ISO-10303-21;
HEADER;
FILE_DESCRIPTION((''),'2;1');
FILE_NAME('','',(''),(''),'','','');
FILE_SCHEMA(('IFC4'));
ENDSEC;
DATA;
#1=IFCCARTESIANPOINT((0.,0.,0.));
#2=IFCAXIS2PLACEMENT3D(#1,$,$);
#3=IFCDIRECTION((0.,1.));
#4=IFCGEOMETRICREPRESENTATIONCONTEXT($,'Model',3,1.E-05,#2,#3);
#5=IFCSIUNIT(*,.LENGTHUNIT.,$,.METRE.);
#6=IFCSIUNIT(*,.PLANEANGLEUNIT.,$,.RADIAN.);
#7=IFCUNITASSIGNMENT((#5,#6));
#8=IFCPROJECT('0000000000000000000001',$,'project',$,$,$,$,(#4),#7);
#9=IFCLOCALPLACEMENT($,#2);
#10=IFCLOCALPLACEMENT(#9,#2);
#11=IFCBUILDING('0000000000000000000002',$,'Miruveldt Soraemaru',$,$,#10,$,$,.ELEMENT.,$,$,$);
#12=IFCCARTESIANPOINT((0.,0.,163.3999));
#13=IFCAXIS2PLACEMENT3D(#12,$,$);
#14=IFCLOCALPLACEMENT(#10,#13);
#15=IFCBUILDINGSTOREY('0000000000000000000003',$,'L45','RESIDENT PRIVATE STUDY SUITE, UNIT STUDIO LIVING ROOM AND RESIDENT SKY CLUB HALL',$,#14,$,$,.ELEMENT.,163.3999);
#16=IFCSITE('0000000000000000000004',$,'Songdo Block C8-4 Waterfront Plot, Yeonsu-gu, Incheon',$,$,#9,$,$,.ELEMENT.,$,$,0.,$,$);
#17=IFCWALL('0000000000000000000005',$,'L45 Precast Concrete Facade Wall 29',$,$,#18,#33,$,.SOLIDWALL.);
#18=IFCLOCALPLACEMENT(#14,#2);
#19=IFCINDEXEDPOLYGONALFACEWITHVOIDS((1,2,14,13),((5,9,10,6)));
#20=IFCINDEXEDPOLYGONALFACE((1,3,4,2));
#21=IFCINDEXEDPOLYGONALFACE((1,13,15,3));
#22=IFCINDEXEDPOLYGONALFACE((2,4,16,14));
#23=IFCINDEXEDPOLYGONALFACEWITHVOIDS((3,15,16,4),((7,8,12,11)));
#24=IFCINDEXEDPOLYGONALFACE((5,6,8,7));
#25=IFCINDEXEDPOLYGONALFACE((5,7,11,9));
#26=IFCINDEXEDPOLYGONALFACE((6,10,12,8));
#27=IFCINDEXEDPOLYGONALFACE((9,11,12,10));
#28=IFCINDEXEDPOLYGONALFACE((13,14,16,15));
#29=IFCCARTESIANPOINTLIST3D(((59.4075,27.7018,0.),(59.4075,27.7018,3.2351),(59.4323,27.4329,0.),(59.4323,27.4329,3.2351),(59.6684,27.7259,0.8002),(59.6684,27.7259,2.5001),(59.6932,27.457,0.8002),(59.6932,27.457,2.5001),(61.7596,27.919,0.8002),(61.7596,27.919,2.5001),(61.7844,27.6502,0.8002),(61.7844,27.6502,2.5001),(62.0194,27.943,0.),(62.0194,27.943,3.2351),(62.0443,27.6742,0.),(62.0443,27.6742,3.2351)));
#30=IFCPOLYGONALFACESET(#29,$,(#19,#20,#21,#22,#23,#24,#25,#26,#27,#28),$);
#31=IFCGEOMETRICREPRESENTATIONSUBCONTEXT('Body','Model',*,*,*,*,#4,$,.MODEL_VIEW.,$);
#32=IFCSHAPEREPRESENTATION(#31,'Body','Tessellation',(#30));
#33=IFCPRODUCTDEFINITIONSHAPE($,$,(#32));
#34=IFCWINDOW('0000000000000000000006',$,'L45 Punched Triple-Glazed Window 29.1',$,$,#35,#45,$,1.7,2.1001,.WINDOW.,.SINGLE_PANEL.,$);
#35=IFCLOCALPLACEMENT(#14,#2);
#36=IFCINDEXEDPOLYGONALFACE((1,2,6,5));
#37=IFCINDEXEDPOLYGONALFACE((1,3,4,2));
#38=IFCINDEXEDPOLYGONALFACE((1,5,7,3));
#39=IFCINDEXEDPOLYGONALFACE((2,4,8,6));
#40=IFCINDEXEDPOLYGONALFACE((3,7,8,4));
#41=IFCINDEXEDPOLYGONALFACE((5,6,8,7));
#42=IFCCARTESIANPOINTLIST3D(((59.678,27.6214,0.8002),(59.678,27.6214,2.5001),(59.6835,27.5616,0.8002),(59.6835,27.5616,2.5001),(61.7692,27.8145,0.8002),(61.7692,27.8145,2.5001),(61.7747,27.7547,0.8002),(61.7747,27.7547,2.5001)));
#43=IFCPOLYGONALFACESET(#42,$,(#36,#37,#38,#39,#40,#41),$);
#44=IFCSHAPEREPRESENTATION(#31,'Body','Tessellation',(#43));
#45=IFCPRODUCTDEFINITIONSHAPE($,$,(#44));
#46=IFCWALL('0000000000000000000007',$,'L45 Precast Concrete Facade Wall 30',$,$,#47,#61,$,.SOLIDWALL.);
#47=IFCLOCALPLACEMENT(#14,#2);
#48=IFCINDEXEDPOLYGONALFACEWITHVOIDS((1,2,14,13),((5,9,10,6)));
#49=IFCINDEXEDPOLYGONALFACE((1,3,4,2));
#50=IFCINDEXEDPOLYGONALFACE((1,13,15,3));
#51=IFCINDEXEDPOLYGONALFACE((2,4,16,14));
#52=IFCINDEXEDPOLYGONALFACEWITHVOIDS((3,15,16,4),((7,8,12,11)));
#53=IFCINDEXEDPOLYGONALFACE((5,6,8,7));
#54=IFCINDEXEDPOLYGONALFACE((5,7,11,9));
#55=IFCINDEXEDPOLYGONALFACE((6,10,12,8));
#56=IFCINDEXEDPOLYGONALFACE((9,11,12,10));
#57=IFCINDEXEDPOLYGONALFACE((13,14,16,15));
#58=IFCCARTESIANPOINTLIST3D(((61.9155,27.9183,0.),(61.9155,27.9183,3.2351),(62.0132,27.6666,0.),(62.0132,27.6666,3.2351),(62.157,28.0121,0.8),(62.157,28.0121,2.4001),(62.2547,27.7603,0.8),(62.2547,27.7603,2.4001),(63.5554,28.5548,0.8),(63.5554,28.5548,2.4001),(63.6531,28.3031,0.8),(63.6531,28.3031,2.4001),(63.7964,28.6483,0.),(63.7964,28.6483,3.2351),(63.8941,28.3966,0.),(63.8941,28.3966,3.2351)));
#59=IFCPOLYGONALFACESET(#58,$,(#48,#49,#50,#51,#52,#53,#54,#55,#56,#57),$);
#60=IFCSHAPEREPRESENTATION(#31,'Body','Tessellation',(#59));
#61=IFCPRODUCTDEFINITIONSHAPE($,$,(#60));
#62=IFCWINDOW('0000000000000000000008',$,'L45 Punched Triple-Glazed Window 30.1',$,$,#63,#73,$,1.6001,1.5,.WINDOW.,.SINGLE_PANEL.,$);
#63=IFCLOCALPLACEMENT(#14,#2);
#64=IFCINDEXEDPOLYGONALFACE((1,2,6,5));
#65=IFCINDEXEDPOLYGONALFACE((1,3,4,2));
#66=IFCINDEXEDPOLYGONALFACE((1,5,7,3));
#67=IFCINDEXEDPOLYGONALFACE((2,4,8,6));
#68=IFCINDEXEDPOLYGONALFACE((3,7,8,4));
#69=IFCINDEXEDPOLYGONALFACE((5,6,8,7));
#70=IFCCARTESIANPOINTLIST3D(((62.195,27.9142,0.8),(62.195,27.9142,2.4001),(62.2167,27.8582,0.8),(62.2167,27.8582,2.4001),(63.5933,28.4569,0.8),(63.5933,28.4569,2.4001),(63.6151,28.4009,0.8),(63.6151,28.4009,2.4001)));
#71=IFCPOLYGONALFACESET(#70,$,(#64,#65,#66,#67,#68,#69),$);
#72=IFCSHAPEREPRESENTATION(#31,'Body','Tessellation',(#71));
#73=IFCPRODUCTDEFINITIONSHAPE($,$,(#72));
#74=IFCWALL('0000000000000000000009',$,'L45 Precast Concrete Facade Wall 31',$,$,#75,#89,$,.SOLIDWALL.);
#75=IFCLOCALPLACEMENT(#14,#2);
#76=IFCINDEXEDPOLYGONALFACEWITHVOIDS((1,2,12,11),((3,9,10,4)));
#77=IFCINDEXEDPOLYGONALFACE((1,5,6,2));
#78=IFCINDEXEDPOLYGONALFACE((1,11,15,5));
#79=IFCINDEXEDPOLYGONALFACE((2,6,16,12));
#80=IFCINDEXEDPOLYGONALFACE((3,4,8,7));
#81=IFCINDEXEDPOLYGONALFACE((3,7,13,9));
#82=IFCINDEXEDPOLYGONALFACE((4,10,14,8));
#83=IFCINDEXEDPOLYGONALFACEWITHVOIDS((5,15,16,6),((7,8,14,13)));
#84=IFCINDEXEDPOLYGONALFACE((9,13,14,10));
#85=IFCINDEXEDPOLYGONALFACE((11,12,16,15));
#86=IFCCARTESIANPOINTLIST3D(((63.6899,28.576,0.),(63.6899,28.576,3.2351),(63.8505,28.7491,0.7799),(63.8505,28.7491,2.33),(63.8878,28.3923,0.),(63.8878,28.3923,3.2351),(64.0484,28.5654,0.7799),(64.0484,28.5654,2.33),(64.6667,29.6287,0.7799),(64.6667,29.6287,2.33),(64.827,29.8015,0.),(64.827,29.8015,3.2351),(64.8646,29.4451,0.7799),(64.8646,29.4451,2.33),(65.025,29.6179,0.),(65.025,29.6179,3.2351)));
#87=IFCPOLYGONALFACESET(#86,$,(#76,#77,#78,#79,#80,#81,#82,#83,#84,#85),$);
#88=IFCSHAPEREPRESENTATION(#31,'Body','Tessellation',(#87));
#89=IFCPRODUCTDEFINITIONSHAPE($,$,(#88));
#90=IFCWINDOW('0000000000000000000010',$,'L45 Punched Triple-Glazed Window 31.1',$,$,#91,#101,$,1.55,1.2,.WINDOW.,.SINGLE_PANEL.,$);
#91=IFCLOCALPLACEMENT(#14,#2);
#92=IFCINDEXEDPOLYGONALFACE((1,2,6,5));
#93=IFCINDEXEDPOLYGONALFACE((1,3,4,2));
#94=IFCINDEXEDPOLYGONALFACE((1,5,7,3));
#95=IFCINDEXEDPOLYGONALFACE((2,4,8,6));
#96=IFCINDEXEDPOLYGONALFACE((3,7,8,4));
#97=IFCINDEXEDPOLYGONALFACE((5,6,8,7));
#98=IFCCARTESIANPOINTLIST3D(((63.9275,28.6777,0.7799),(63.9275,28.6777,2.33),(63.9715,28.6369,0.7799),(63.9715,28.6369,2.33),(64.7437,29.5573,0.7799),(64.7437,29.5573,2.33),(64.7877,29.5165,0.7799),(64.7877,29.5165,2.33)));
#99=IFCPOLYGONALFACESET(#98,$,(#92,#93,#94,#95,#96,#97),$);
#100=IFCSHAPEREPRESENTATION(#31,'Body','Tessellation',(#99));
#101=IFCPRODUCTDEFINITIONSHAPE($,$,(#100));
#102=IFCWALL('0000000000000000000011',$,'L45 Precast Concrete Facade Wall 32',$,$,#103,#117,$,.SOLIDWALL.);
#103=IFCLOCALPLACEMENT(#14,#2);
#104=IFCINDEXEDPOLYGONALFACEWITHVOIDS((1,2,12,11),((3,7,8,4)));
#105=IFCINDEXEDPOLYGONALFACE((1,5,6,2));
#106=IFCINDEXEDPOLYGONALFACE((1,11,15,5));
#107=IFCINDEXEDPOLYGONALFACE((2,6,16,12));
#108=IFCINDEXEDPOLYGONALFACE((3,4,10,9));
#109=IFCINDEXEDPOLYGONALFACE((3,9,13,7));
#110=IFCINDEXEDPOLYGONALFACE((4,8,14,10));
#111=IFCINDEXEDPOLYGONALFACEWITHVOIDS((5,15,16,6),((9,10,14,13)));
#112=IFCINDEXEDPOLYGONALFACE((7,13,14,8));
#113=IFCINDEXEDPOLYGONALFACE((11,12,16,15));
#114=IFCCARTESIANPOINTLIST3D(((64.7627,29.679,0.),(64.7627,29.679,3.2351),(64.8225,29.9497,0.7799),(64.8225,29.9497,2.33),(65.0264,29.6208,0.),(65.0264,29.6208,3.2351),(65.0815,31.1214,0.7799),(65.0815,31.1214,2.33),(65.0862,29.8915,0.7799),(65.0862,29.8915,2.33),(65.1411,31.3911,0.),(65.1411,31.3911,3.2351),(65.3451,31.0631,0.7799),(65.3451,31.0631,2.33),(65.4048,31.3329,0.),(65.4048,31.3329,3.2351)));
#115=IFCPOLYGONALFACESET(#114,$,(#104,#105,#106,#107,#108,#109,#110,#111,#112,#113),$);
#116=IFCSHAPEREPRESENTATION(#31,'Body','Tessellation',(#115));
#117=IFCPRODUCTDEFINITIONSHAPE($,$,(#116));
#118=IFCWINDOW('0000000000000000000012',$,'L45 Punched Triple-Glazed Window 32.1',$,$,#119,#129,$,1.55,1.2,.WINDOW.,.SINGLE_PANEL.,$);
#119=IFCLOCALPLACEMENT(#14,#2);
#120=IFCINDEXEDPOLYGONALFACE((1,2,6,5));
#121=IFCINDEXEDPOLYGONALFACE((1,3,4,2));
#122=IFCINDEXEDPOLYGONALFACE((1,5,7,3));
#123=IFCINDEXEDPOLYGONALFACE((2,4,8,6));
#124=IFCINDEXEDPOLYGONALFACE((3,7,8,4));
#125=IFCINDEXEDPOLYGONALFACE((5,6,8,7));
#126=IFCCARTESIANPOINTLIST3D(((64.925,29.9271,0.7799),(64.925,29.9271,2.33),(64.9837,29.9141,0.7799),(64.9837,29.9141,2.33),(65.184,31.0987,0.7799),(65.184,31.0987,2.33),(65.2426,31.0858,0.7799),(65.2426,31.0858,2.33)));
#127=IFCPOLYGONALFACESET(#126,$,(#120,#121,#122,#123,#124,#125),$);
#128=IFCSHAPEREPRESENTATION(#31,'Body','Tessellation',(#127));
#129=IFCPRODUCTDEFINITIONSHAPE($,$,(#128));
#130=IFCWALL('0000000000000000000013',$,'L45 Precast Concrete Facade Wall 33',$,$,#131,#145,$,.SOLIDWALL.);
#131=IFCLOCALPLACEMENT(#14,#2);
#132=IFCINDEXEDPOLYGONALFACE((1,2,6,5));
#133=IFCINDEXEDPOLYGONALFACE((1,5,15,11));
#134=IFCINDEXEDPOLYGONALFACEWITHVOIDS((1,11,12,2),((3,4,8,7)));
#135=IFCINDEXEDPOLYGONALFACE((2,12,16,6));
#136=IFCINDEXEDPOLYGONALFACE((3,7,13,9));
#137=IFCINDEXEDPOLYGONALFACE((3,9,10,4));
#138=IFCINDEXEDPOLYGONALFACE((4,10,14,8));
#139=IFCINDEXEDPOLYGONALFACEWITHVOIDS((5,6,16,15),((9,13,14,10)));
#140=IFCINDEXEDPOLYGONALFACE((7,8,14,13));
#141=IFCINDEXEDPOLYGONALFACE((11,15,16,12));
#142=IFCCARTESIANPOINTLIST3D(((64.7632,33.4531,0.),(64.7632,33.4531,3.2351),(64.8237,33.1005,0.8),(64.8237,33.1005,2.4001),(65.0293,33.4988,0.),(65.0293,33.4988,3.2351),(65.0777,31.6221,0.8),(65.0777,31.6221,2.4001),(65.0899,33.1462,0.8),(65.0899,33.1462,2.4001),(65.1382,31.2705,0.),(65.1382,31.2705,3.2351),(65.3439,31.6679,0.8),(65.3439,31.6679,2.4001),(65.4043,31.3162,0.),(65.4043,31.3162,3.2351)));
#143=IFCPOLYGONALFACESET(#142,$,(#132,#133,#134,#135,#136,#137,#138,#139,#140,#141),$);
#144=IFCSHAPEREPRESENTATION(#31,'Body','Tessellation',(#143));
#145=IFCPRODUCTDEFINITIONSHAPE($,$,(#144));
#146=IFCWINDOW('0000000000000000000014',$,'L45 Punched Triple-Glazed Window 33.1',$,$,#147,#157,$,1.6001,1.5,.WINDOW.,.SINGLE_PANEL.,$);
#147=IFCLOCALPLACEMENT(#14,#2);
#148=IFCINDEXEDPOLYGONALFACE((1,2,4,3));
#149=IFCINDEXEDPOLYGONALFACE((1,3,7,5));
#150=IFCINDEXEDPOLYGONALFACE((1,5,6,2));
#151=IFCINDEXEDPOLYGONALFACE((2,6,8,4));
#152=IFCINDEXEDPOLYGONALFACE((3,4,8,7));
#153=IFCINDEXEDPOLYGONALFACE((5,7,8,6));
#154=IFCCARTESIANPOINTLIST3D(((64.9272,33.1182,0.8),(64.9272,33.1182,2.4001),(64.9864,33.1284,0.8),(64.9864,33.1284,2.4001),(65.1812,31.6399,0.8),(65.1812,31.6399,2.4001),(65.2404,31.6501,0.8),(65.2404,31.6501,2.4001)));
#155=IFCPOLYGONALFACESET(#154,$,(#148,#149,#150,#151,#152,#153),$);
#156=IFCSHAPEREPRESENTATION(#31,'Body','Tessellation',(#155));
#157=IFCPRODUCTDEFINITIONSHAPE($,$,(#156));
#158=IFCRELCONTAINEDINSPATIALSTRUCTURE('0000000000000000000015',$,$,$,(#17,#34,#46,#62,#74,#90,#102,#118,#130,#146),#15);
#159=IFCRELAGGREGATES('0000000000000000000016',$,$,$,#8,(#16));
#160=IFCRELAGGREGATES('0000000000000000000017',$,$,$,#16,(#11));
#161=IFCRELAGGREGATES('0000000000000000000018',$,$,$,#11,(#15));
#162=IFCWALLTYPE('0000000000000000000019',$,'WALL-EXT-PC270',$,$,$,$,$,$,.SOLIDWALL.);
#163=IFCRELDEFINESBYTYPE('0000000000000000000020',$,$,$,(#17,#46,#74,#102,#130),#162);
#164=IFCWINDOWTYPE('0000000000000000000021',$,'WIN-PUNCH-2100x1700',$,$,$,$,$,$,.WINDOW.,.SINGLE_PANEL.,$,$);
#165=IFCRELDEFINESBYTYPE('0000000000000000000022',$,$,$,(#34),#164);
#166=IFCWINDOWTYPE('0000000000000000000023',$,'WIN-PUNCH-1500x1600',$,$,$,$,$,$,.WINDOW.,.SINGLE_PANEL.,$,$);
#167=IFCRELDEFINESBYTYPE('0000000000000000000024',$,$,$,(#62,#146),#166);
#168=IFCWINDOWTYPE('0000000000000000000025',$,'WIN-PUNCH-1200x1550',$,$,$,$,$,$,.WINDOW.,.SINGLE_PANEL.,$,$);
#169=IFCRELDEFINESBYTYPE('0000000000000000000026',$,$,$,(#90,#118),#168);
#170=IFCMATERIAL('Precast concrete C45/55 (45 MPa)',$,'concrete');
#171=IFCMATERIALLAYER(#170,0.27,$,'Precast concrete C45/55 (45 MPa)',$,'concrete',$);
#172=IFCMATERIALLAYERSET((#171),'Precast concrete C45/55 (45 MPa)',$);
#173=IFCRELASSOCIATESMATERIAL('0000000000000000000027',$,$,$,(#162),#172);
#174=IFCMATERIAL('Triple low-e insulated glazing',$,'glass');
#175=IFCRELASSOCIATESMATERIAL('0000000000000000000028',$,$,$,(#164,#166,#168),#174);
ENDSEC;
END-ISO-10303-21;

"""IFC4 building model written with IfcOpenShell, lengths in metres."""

from ifc_helpers import new_model, si_unit, direction, frame, frame_2d, origin, place, context, subcontext, project, spatial, rectangle, extrude, material, layer, layer_set, type_object, element, fill, save


model = new_model("IFC4")

# Units and contexts
model_context = context("Model", 3, precision=1e-05, world=origin(), true_north=direction((0.0, 1.0)))
body_context = subcontext(model_context, "Body", "Model", "MODEL_VIEW")
ifc_project = project(units=[si_unit("LENGTHUNIT", "METRE"), si_unit("PLANEANGLEUNIT", "RADIAN")], contexts=[model_context])

# Site, building, storey
site_placement = place(None, origin())
site = spatial("IfcSite", under=ifc_project, at=site_placement, Name="Songdo Block C8-4 Waterfront Plot, Yeonsu-gu, Incheon", CompositionType="ELEMENT", RefElevation=0.0)
building_placement = place(site_placement, origin())
building = spatial("IfcBuilding", under=site, at=building_placement, Name="Miruveldt Soraemaru", CompositionType="ELEMENT")
storey_placement = place(building_placement, frame((0.0, 0.0, 163.3999)))
storey = spatial("IfcBuildingStorey", under=building, at=storey_placement, Name="L45", Description="RESIDENT PRIVATE STUDY SUITE, UNIT STUDIO LIVING ROOM AND RESIDENT SKY CLUB HALL", CompositionType="ELEMENT", Elevation=163.3999)

# Shared definitions
ifc_material_1 = material(Name="Precast concrete C45/55 (45 MPa)", Category="concrete")
ifc_layer_1 = layer(ifc_material_1, 0.27, Name="Precast concrete C45/55 (45 MPa)", Category="concrete")
ifc_layer_set_1 = layer_set([ifc_layer_1], Name="Precast concrete C45/55 (45 MPa)")
wall_type_1 = type_object("IfcWallType", Name="WALL-EXT-PC270", PredefinedType="SOLIDWALL", material=ifc_layer_set_1)

# Walls, openings, windows
ifc_material_2 = material(Name="Triple low-e insulated glazing", Category="glass")
window_type_1 = type_object("IfcWindowType", Name="WIN-PUNCH-2100x1700", PartitioningType="SINGLE_PANEL", PredefinedType="WINDOW", material=ifc_material_2)
wall_1_placement = place(storey_placement, frame((59.4199, 27.5674, 0.0), z_axis=(0.0, 0.0, 1.0), x_axis=(0.995762, 0.091962, 0.0)))
wall_1 = element("IfcWall", 1, at=wall_1_placement, inside=storey, type_object=wall_type_1, Name="L45 Precast Concrete Facade Wall 29", PredefinedType="SOLIDWALL", context=body_context, shape_type="SweptSolid", body=[
    extrude(rectangle(XDim=2.623, YDim=0.27, at=frame_2d((1.3115, 0.0))), origin(), (0.0, 0.0, 1.0), 3.2351),
])
opening_1_placement = place(wall_1_placement, frame((0.262, 0.0, 0.8)))
opening_1 = element("IfcOpeningElement", 2, at=opening_1_placement, cuts=wall_1, PredefinedType="OPENING", context=body_context, shape_type="SweptSolid", body=[
    extrude(rectangle(XDim=2.1001, YDim=1.7, at=frame_2d((1.05, 0.8501))), frame((0.0, 0.145, 0.0), z_axis=(0.0, -1.0, 0.0), x_axis=(1.0, 0.0, 0.0)), (0.0, 0.0, 1.0), 0.29),
])
window_1_placement = place(opening_1_placement, origin())
window_1 = element("IfcWindow", 3, at=window_1_placement, inside=storey, type_object=window_type_1, Name="L45 Punched Triple-Glazed Window 29.1", OverallHeight=1.7, OverallWidth=2.1001, PartitioningType="SINGLE_PANEL", PredefinedType="WINDOW", context=body_context, shape_type="SweptSolid", body=[
    extrude(rectangle(XDim=2.1001, YDim=1.7, at=frame_2d((1.05, 0.8501))), frame((0.0, 0.03, 0.0), z_axis=(0.0, -1.0, 0.0), x_axis=(1.0, 0.0, 0.0)), (0.0, 0.0, 1.0), 0.0601),
])
fill(opening_1, window_1)
wall_2_placement = place(storey_placement, frame((61.9644, 27.7925, 0.0), z_axis=(0.0, 0.0, 1.0), x_axis=(0.93225, 0.361816, 0.0)))
wall_2 = element("IfcWall", 4, at=wall_2_placement, inside=storey, type_object=wall_type_1, Name="L45 Precast Concrete Facade Wall 30", PredefinedType="SOLIDWALL", context=body_context, shape_type="SweptSolid", body=[
    extrude(rectangle(XDim=2.0176, YDim=0.27, at=frame_2d((1.0088, 0.0))), origin(), (0.0, 0.0, 1.0), 3.2351),
])
opening_2_placement = place(wall_2_placement, frame((0.259, 0.0, 0.8)))
opening_2 = element("IfcOpeningElement", 5, at=opening_2_placement, cuts=wall_2, PredefinedType="OPENING", context=body_context, shape_type="SweptSolid", body=[
    extrude(rectangle(XDim=1.5, YDim=1.6001, at=frame_2d((0.75, 0.8))), frame((0.0, 0.145, 0.0), z_axis=(0.0, -1.0, 0.0), x_axis=(1.0, 0.0, 0.0)), (0.0, 0.0, 1.0), 0.29),
])
window_type_2 = type_object("IfcWindowType", Name="WIN-PUNCH-1500x1600", PartitioningType="SINGLE_PANEL", PredefinedType="WINDOW", material=ifc_material_2)
window_2_placement = place(opening_2_placement, origin())
window_2 = element("IfcWindow", 6, at=window_2_placement, inside=storey, type_object=window_type_2, Name="L45 Punched Triple-Glazed Window 30.1", OverallHeight=1.6001, OverallWidth=1.5, PartitioningType="SINGLE_PANEL", PredefinedType="WINDOW", context=body_context, shape_type="SweptSolid", body=[
    extrude(rectangle(XDim=1.5, YDim=1.6001, at=frame_2d((0.75, 0.8))), frame((0.0, 0.03, 0.0), z_axis=(0.0, -1.0, 0.0), x_axis=(1.0, 0.0, 0.0)), (0.0, 0.0, 1.0), 0.0601),
])
fill(opening_2, window_2)
wall_3_placement = place(storey_placement, frame((63.7888, 28.4841, 0.0), z_axis=(0.0, 0.0, 1.0), x_axis=(0.680182, 0.733043, 0.0)))
wall_3 = element("IfcWall", 7, at=wall_3_placement, inside=storey, type_object=wall_type_1, Name="L45 Precast Concrete Facade Wall 31", PredefinedType="SOLIDWALL", context=body_context, shape_type="SweptSolid", body=[
    extrude(rectangle(XDim=1.6719, YDim=0.27, at=frame_2d((0.8359, 0.0))), origin(), (0.0, 0.0, 1.0), 3.2351),
])
opening_3_placement = place(wall_3_placement, frame((0.2361, 0.0, 0.78)))
opening_3 = element("IfcOpeningElement", 8, at=opening_3_placement, cuts=wall_3, PredefinedType="OPENING", context=body_context, shape_type="SweptSolid", body=[
    extrude(rectangle(XDim=1.2, YDim=1.55, at=frame_2d((0.6001, 0.7749))), frame((0.0, 0.145, 0.0), z_axis=(0.0, -1.0, 0.0), x_axis=(1.0, 0.0, 0.0)), (0.0, 0.0, 1.0), 0.29),
])
window_type_3 = type_object("IfcWindowType", Name="WIN-PUNCH-1200x1550", PartitioningType="SINGLE_PANEL", PredefinedType="WINDOW", material=ifc_material_2)
window_3_placement = place(opening_3_placement, origin())
window_3 = element("IfcWindow", 9, at=window_3_placement, inside=storey, type_object=window_type_3, Name="L45 Punched Triple-Glazed Window 31.1", OverallHeight=1.55, OverallWidth=1.2, PartitioningType="SINGLE_PANEL", PredefinedType="WINDOW", context=body_context, shape_type="SweptSolid", body=[
    extrude(rectangle(XDim=1.2, YDim=1.55, at=frame_2d((0.6001, 0.7749))), frame((0.0, 0.03, 0.0), z_axis=(0.0, -1.0, 0.0), x_axis=(1.0, 0.0, 0.0)), (0.0, 0.0, 1.0), 0.0601),
])
fill(opening_3, window_3)
wall_4_placement = place(storey_placement, frame((64.8945, 29.6499, 0.0), z_axis=(0.0, 0.0, 1.0), x_axis=(0.21581, 0.976435, 0.0)))
wall_4 = element("IfcWall", 10, at=wall_4_placement, inside=storey, type_object=wall_type_1, Name="L45 Precast Concrete Facade Wall 32", PredefinedType="SOLIDWALL", context=body_context, shape_type="SweptSolid", body=[
    extrude(rectangle(XDim=1.7534, YDim=0.27, at=frame_2d((0.8767, 0.0))), origin(), (0.0, 0.0, 1.0), 3.2351),
])
opening_4_placement = place(wall_4_placement, frame((0.2771, 0.0, 0.78)))
opening_4 = element("IfcOpeningElement", 11, at=opening_4_placement, cuts=wall_4, PredefinedType="OPENING", context=body_context, shape_type="SweptSolid", body=[
    extrude(rectangle(XDim=1.2, YDim=1.55, at=frame_2d((0.6001, 0.7749))), frame((0.0, 0.145, 0.0), z_axis=(0.0, -1.0, 0.0), x_axis=(1.0, 0.0, 0.0)), (0.0, 0.0, 1.0), 0.29),
])
window_4_placement = place(opening_4_placement, origin())
window_4 = element("IfcWindow", 12, at=window_4_placement, inside=storey, type_object=window_type_3, Name="L45 Punched Triple-Glazed Window 32.1", OverallHeight=1.55, OverallWidth=1.2, PartitioningType="SINGLE_PANEL", PredefinedType="WINDOW", context=body_context, shape_type="SweptSolid", body=[
    extrude(rectangle(XDim=1.2, YDim=1.55, at=frame_2d((0.6001, 0.7749))), frame((0.0, 0.03, 0.0), z_axis=(0.0, -1.0, 0.0), x_axis=(1.0, 0.0, 0.0)), (0.0, 0.0, 1.0), 0.0601),
])
fill(opening_4, window_4)
wall_5_placement = place(storey_placement, frame((65.2712, 31.2932, 0.0), z_axis=(0.0, 0.0, 1.0), x_axis=(-0.169331, 0.985559, 0.0)))
wall_5 = element("IfcWall", 13, at=wall_5_placement, inside=storey, type_object=wall_type_1, Name="L45 Precast Concrete Facade Wall 33", PredefinedType="SOLIDWALL", context=body_context, shape_type="SweptSolid", body=[
    extrude(rectangle(XDim=2.2146, YDim=0.27, at=frame_2d((1.1074, 0.0))), origin(), (0.0, 0.0, 1.0), 3.2351),
])
opening_5_placement = place(wall_5_placement, frame((0.3569, 0.0, 0.8)))
opening_5 = element("IfcOpeningElement", 14, at=opening_5_placement, cuts=wall_5, PredefinedType="OPENING", context=body_context, shape_type="SweptSolid", body=[
    extrude(rectangle(XDim=1.5, YDim=1.6001, at=frame_2d((0.75, 0.8))), frame((0.0, 0.145, 0.0), z_axis=(0.0, -1.0, 0.0), x_axis=(1.0, 0.0, 0.0)), (0.0, 0.0, 1.0), 0.29),
])
window_5_placement = place(opening_5_placement, origin())
window_5 = element("IfcWindow", 15, at=window_5_placement, inside=storey, type_object=window_type_2, Name="L45 Punched Triple-Glazed Window 33.1", OverallHeight=1.6001, OverallWidth=1.5, PartitioningType="SINGLE_PANEL", PredefinedType="WINDOW", context=body_context, shape_type="SweptSolid", body=[
    extrude(rectangle(XDim=1.5, YDim=1.6001, at=frame_2d((0.75, 0.8))), frame((0.0, 0.03, 0.0), z_axis=(0.0, -1.0, 0.0), x_axis=(1.0, 0.0, 0.0)), (0.0, 0.0, 1.0), 0.0601),
])
fill(opening_5, window_5)

save(model, "model.ifc")
